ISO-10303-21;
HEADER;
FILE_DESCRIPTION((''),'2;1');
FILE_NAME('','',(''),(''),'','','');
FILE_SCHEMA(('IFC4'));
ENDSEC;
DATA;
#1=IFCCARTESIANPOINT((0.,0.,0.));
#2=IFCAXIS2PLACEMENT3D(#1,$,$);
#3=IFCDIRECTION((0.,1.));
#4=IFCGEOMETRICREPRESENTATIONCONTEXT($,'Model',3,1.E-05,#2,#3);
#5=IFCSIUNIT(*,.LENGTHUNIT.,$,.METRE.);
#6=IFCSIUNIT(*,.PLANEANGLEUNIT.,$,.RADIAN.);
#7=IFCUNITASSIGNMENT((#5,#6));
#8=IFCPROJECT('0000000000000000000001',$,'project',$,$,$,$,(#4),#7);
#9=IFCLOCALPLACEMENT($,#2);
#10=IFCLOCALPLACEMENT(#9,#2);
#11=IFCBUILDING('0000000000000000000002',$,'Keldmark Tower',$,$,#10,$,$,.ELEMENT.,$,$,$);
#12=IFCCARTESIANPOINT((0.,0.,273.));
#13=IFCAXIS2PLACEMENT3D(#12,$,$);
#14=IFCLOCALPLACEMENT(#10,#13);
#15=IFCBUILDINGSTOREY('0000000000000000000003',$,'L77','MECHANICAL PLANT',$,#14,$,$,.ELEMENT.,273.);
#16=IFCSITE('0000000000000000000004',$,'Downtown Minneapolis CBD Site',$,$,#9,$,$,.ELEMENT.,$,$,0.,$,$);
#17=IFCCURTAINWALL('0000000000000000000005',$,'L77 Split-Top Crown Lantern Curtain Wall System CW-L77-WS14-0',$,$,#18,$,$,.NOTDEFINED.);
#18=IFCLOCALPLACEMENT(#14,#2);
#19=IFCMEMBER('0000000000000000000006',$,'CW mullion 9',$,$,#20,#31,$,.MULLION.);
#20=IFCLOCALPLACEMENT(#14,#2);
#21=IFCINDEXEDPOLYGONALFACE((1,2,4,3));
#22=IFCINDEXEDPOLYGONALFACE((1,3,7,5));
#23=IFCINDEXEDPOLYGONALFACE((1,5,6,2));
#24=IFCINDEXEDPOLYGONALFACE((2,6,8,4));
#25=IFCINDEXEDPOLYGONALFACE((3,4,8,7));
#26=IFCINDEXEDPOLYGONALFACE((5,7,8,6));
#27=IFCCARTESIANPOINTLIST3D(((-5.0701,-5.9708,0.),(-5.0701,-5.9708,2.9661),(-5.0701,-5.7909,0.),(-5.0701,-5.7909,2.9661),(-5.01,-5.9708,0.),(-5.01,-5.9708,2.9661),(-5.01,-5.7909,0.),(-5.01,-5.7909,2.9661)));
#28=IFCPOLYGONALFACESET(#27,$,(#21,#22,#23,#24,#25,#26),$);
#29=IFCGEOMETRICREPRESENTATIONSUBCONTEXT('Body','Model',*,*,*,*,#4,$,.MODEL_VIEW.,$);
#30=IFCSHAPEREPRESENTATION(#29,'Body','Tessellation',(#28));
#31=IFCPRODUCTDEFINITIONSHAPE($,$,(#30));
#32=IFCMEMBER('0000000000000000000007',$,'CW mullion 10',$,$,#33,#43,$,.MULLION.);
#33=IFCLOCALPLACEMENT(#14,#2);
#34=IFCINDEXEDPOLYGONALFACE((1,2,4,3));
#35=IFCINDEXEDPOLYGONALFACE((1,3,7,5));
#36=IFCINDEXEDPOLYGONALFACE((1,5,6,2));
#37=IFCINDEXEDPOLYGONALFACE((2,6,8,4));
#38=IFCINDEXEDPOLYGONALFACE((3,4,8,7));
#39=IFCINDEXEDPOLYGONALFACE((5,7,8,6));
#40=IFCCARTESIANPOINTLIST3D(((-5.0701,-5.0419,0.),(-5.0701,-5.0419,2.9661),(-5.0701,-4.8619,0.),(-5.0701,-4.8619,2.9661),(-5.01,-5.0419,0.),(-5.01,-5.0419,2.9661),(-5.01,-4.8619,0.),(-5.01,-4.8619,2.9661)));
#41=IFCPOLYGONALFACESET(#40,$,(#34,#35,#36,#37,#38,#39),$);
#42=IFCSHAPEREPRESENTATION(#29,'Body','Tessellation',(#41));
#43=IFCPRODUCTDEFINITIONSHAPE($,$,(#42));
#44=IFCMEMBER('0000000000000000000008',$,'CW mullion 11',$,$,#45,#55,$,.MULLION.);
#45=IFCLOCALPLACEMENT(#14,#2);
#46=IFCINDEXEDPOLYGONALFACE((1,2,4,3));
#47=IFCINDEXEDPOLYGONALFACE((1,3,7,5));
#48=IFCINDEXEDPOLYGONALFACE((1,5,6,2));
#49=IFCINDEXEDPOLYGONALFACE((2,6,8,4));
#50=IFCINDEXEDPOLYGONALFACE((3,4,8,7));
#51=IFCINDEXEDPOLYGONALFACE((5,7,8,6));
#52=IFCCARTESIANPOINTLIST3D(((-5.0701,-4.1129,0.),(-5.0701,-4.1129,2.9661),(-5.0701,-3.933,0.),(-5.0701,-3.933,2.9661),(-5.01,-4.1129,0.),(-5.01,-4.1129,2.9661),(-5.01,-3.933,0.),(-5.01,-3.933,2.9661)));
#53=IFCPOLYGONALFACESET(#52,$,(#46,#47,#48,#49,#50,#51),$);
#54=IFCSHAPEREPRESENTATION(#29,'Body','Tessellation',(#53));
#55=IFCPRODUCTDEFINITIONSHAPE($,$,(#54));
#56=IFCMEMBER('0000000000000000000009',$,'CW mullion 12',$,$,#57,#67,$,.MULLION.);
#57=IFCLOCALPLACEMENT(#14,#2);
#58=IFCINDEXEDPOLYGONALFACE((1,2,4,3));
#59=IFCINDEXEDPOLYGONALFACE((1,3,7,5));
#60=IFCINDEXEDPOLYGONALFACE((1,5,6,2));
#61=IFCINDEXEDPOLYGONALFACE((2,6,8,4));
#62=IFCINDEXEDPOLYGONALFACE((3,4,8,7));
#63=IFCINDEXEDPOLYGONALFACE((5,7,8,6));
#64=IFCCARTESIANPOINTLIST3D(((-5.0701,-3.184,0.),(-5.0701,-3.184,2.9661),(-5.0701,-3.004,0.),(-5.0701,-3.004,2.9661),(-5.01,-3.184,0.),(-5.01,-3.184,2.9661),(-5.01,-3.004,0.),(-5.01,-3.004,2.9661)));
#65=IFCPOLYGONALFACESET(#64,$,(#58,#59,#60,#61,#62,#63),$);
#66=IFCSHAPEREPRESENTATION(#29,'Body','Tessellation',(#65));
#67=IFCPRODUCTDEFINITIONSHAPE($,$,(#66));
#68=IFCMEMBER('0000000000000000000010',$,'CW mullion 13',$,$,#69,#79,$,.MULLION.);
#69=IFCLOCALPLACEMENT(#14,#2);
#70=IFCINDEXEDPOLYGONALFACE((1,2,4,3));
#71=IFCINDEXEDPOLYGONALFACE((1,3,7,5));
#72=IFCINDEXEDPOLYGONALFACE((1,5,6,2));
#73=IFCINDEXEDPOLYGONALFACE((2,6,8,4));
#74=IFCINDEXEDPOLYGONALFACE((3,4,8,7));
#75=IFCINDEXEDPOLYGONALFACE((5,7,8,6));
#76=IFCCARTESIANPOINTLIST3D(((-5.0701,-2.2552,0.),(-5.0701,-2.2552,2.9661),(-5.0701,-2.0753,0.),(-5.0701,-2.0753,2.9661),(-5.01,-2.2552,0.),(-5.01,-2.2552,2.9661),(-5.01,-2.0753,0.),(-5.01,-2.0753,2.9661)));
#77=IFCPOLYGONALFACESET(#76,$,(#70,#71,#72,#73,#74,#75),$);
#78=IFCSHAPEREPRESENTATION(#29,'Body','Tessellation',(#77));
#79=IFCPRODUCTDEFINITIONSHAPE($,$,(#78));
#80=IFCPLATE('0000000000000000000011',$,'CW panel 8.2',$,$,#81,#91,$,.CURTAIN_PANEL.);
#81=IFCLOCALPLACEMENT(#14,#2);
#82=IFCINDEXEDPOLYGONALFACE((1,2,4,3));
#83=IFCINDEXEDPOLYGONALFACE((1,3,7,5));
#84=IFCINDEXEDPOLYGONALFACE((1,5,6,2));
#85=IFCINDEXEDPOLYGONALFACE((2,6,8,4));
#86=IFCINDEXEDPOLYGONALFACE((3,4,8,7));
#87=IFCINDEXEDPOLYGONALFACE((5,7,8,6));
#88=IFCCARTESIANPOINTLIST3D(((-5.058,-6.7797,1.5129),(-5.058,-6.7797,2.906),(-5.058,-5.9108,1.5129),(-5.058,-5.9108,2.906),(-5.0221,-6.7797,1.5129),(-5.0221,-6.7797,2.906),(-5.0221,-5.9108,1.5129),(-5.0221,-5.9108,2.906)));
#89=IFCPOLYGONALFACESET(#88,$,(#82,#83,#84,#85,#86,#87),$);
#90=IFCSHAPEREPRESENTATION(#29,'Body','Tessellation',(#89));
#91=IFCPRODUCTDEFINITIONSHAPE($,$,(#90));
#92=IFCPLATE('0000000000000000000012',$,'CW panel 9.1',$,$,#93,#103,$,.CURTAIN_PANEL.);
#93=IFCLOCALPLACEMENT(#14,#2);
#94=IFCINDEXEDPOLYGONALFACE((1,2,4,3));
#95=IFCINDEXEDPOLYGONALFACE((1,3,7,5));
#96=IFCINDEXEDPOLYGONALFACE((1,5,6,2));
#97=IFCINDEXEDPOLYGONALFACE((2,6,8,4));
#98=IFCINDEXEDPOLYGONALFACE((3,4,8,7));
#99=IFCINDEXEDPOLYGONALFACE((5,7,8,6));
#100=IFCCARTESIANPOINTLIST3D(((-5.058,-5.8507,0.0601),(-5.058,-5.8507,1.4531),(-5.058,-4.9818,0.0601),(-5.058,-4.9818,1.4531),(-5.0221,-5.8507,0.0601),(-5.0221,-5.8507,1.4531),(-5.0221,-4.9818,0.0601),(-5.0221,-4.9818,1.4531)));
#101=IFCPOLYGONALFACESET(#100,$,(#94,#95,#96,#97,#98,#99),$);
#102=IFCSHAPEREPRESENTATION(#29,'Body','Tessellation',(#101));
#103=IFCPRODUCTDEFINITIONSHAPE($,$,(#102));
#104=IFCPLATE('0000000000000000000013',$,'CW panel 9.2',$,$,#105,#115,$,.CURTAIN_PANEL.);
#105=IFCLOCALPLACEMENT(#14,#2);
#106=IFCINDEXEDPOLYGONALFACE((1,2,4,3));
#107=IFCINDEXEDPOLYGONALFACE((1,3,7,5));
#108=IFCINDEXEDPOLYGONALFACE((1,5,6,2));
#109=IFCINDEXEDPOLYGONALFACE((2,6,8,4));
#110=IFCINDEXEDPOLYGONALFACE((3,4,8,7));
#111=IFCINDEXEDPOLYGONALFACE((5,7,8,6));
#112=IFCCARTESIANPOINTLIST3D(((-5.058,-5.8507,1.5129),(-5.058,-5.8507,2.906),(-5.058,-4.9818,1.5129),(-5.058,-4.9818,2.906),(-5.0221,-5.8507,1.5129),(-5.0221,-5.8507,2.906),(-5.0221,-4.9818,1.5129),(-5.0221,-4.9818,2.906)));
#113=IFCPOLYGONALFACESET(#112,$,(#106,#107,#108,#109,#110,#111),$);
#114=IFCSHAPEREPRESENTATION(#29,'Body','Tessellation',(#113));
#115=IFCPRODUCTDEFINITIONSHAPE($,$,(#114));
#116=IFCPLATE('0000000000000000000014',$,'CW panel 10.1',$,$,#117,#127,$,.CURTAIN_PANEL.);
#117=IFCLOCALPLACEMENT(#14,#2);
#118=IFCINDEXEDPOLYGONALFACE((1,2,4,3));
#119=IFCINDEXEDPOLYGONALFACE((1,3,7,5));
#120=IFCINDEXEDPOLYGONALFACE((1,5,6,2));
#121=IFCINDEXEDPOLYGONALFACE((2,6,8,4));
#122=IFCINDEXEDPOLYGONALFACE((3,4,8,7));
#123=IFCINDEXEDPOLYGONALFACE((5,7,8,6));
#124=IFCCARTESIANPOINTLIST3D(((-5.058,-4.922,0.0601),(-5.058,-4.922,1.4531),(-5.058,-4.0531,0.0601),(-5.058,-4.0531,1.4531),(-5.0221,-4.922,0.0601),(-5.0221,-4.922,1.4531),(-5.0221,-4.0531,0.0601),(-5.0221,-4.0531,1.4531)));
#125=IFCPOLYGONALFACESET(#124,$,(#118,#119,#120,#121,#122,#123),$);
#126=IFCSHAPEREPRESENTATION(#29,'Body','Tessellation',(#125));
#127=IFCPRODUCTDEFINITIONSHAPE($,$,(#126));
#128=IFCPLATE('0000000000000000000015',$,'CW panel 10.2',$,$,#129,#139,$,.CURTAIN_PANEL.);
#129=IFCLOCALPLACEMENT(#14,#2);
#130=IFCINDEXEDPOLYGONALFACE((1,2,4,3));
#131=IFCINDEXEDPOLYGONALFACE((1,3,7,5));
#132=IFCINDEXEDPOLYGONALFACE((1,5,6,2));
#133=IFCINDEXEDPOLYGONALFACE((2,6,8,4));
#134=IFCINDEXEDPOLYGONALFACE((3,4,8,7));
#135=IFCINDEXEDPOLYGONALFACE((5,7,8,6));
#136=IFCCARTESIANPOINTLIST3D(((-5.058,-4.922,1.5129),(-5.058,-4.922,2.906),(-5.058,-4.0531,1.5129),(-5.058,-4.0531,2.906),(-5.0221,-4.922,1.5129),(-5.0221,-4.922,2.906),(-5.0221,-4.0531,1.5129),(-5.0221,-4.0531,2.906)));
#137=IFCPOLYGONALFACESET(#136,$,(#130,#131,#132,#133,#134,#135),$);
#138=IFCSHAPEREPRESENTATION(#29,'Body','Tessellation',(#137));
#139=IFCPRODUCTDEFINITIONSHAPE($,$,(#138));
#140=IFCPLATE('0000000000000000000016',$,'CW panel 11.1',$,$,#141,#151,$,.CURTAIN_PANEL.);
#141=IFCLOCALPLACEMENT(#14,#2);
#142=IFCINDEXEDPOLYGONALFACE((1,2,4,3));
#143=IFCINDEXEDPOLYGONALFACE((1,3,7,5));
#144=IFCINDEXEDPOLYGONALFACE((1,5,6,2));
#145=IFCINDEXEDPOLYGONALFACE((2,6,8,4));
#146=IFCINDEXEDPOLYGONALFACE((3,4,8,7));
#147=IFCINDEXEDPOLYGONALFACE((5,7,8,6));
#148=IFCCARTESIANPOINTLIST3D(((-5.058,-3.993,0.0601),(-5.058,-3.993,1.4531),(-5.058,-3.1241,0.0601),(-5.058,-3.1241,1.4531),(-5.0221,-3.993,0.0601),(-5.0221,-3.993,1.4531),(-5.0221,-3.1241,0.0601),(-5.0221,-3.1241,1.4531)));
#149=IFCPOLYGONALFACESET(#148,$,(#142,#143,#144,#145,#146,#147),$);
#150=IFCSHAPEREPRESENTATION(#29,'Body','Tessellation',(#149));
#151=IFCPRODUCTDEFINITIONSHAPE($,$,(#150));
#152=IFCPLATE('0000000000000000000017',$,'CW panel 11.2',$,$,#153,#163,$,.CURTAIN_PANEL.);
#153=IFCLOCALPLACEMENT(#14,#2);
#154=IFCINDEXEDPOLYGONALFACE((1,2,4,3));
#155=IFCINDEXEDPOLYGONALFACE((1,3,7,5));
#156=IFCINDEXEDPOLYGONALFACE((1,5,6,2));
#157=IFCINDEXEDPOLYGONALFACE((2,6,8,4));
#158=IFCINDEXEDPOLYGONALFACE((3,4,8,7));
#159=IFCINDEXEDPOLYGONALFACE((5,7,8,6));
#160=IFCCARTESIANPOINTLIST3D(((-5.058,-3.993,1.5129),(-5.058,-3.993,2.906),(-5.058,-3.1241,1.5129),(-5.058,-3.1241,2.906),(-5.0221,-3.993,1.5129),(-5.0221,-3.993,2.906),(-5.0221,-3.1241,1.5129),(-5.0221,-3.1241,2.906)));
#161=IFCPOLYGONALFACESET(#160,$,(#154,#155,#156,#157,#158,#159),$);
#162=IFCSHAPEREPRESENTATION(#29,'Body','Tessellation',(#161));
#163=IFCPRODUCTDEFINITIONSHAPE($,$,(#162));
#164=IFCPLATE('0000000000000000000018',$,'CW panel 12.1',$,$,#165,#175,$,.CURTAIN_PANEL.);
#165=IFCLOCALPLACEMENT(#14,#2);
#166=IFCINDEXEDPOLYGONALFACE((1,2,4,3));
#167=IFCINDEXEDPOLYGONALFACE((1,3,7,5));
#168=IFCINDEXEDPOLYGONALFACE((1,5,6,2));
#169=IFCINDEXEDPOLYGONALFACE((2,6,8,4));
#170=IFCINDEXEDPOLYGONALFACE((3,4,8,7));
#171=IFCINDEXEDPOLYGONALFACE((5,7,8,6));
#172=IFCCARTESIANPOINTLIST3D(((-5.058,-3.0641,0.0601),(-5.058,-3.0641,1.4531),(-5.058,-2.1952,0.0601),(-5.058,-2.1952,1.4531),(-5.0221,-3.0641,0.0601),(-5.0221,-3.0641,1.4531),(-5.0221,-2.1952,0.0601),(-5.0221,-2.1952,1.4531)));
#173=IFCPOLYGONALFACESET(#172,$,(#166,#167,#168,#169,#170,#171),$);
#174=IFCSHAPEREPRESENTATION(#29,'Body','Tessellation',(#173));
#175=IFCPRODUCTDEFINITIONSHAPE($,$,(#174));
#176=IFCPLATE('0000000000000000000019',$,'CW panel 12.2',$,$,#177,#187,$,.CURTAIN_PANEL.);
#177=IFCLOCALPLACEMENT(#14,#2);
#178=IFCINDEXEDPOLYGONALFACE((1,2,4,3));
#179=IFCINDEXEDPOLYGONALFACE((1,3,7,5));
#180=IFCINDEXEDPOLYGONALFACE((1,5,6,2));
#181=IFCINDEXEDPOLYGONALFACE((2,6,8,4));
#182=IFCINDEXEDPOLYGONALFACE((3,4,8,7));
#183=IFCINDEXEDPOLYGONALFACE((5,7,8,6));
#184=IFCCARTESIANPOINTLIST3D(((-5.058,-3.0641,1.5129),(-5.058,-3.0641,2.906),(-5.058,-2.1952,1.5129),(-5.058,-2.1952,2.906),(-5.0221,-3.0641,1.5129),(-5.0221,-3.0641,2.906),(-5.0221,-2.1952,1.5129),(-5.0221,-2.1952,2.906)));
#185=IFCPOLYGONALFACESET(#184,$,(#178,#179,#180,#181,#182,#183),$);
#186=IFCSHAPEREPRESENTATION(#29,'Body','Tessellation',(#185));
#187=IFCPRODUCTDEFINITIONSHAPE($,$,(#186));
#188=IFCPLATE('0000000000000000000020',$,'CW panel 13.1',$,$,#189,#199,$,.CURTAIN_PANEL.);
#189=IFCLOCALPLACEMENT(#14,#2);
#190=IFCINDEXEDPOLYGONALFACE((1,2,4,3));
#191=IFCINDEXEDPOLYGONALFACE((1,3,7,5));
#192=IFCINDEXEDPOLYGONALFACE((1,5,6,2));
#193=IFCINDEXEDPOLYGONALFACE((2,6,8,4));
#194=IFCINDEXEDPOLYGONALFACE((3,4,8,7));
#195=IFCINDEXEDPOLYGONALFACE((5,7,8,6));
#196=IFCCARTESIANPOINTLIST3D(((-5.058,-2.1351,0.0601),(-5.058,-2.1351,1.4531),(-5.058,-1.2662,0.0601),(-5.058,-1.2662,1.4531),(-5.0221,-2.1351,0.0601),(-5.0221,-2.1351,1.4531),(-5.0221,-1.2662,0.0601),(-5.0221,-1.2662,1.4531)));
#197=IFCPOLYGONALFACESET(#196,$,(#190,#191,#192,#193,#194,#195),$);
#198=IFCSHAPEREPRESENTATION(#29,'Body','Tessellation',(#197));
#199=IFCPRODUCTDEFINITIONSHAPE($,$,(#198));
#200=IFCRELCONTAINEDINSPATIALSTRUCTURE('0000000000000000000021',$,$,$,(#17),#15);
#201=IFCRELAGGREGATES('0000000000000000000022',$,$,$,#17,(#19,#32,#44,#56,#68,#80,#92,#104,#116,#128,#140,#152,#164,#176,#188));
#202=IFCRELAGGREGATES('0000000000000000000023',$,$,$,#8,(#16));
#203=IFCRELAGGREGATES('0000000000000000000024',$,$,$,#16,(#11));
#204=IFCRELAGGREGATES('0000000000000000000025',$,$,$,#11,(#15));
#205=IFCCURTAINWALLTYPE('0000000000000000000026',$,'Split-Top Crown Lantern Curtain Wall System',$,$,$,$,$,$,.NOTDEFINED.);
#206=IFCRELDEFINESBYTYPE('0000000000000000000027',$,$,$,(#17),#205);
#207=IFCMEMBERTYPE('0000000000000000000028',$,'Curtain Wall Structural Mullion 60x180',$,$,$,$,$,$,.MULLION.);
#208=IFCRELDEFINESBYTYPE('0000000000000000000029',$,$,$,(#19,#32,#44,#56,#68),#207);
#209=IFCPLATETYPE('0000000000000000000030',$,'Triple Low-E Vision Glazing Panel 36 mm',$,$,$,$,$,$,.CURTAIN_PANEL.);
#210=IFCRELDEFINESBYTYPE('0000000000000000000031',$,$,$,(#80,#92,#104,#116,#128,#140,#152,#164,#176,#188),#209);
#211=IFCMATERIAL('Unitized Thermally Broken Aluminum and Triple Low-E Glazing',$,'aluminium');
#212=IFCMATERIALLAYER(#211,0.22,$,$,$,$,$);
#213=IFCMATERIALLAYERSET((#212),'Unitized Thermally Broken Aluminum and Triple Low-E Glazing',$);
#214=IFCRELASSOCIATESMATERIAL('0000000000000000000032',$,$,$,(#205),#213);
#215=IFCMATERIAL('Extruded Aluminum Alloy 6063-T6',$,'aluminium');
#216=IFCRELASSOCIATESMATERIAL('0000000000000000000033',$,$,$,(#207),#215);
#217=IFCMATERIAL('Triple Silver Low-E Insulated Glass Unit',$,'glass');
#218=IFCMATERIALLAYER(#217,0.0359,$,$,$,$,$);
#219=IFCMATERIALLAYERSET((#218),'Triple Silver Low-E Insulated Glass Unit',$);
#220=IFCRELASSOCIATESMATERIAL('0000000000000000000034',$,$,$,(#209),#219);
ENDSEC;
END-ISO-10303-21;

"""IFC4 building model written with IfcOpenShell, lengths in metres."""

from ifc_helpers import new_model, si_unit, direction, frame, origin, origin_2d, place, context, subcontext, project, spatial, rectangle, extrude, material, layer, layer_set, material_profile, profile_set, type_object, element, aggregate, save


model = new_model("IFC4")

# Units and contexts
model_context = context("Model", 3, precision=1e-05, world=origin(), true_north=direction((0.0, 1.0)))
body_context = subcontext(model_context, "Body", "Model", "MODEL_VIEW")
ifc_project = project(units=[si_unit("LENGTHUNIT", "METRE"), si_unit("PLANEANGLEUNIT", "RADIAN")], contexts=[model_context])

# Site, building, storey
site_placement = place(None, origin())
site = spatial("IfcSite", under=ifc_project, at=site_placement, Name="Downtown Minneapolis CBD Site", CompositionType="ELEMENT", RefElevation=0.0)
building_placement = place(site_placement, origin())
building = spatial("IfcBuilding", under=site, at=building_placement, Name="Keldmark Tower", CompositionType="ELEMENT")
storey_placement = place(building_placement, frame((0.0, 0.0, 273.0)))
storey = spatial("IfcBuildingStorey", under=building, at=storey_placement, Name="L77", Description="MECHANICAL PLANT", CompositionType="ELEMENT", Elevation=273.0)

# Curtain wall, members, plates
ifc_material_1 = material(Name="Unitized Thermally Broken Aluminum and Triple Low-E Glazing", Category="aluminium")
ifc_layer_1 = layer(ifc_material_1, 0.22)
ifc_layer_set_1 = layer_set([ifc_layer_1], Name="Unitized Thermally Broken Aluminum and Triple Low-E Glazing")
curtain_wall_type = type_object("IfcCurtainWallType", Name="Split-Top Crown Lantern Curtain Wall System", PredefinedType="NOTDEFINED", material=ifc_layer_set_1)
curtain_wall_placement = place(storey_placement, origin())
curtain_wall = element("IfcCurtainWall", 1, at=curtain_wall_placement, inside=storey, type_object=curtain_wall_type, Name="L77 Split-Top Crown Lantern Curtain Wall System CW-L77-WS14-0", PredefinedType="NOTDEFINED")
ifc_material_2 = material(Name="Extruded Aluminum Alloy 6063-T6", Category="aluminium")
ifc_material_profile_1 = material_profile(ifc_material_2, rectangle(XDim=0.0601, YDim=0.1799, at=origin_2d()), Name="CWM60X180")
ifc_profile_set_1 = profile_set([ifc_material_profile_1], Name="Extruded Aluminum Alloy 6063-T6")
member_type_1 = type_object("IfcMemberType", Name="Curtain Wall Structural Mullion 60x180", PredefinedType="MULLION", material=ifc_profile_set_1)
member_1_placement = place(storey_placement, frame((-5.04, -5.8809, 0.0), z_axis=(0.0, 0.0, 1.0), x_axis=(-1.0, 0.0, 0.0)))
member_1 = element("IfcMember", 2, at=member_1_placement, type_object=member_type_1, Name="CW mullion 9", PredefinedType="MULLION", context=body_context, shape_type="SweptSolid", body=[
    extrude(rectangle(XDim=0.0601, YDim=0.1799, at=origin_2d()), origin(), (0.0, 0.0, 1.0), 2.9661),
])
member_2_placement = place(storey_placement, frame((-5.04, -4.9519, 0.0), z_axis=(0.0, 0.0, 1.0), x_axis=(-1.0, 0.0, 0.0)))
member_2 = element("IfcMember", 3, at=member_2_placement, type_object=member_type_1, Name="CW mullion 10", PredefinedType="MULLION", context=body_context, shape_type="SweptSolid", body=[
    extrude(rectangle(XDim=0.0601, YDim=0.1799, at=origin_2d()), origin(), (0.0, 0.0, 1.0), 2.9661),
])
member_3_placement = place(storey_placement, frame((-5.04, -4.0229, 0.0), z_axis=(0.0, 0.0, 1.0), x_axis=(-1.0, 0.0, 0.0)))
member_3 = element("IfcMember", 4, at=member_3_placement, type_object=member_type_1, Name="CW mullion 11", PredefinedType="MULLION", context=body_context, shape_type="SweptSolid", body=[
    extrude(rectangle(XDim=0.0601, YDim=0.1799, at=origin_2d()), origin(), (0.0, 0.0, 1.0), 2.9661),
])
member_4_placement = place(storey_placement, frame((-5.04, -3.094, 0.0), z_axis=(0.0, 0.0, 1.0), x_axis=(-1.0, 0.0, 0.0)))
member_4 = element("IfcMember", 5, at=member_4_placement, type_object=member_type_1, Name="CW mullion 12", PredefinedType="MULLION", context=body_context, shape_type="SweptSolid", body=[
    extrude(rectangle(XDim=0.0601, YDim=0.1799, at=origin_2d()), origin(), (0.0, 0.0, 1.0), 2.9661),
])
member_5_placement = place(storey_placement, frame((-5.04, -2.1653, 0.0), z_axis=(0.0, 0.0, 1.0), x_axis=(-1.0, 0.0, 0.0)))
member_5 = element("IfcMember", 6, at=member_5_placement, type_object=member_type_1, Name="CW mullion 13", PredefinedType="MULLION", context=body_context, shape_type="SweptSolid", body=[
    extrude(rectangle(XDim=0.0601, YDim=0.1799, at=origin_2d()), origin(), (0.0, 0.0, 1.0), 2.9661),
])
ifc_material_3 = material(Name="Triple Silver Low-E Insulated Glass Unit", Category="glass")
ifc_layer_2 = layer(ifc_material_3, 0.0359)
ifc_layer_set_2 = layer_set([ifc_layer_2], Name="Triple Silver Low-E Insulated Glass Unit")
plate_type = type_object("IfcPlateType", Name="Triple Low-E Vision Glazing Panel 36 mm", PredefinedType="CURTAIN_PANEL", material=ifc_layer_set_2)
plate_1_placement = place(storey_placement, frame((-5.04, -6.3452, 1.5129), z_axis=(0.0, 0.0, 1.0), x_axis=(0.0, 1.0, 0.0)))
plate_1 = element("IfcPlate", 7, at=plate_1_placement, type_object=plate_type, Name="CW panel 8.2", PredefinedType="CURTAIN_PANEL", context=body_context, shape_type="SweptSolid", body=[
    extrude(rectangle(XDim=0.8689, YDim=0.0359, at=origin_2d()), origin(), (0.0, 0.0, 1.0), 1.3931),
])
plate_2_placement = place(storey_placement, frame((-5.04, -5.4163, 0.0601), z_axis=(0.0, 0.0, 1.0), x_axis=(0.0, 1.0, 0.0)))
plate_2 = element("IfcPlate", 8, at=plate_2_placement, type_object=plate_type, Name="CW panel 9.1", PredefinedType="CURTAIN_PANEL", context=body_context, shape_type="SweptSolid", body=[
    extrude(rectangle(XDim=0.8689, YDim=0.0359, at=origin_2d()), origin(), (0.0, 0.0, 1.0), 1.3931),
])
plate_3_placement = place(storey_placement, frame((-5.04, -5.4163, 1.5129), z_axis=(0.0, 0.0, 1.0), x_axis=(0.0, 1.0, 0.0)))
plate_3 = element("IfcPlate", 9, at=plate_3_placement, type_object=plate_type, Name="CW panel 9.2", PredefinedType="CURTAIN_PANEL", context=body_context, shape_type="SweptSolid", body=[
    extrude(rectangle(XDim=0.8689, YDim=0.0359, at=origin_2d()), origin(), (0.0, 0.0, 1.0), 1.3931),
])
plate_4_placement = place(storey_placement, frame((-5.04, -4.4875, 0.0601), z_axis=(0.0, 0.0, 1.0), x_axis=(0.0, 1.0, 0.0)))
plate_4 = element("IfcPlate", 10, at=plate_4_placement, type_object=plate_type, Name="CW panel 10.1", PredefinedType="CURTAIN_PANEL", context=body_context, shape_type="SweptSolid", body=[
    extrude(rectangle(XDim=0.8689, YDim=0.0359, at=origin_2d()), origin(), (0.0, 0.0, 1.0), 1.3931),
])
plate_5_placement = place(storey_placement, frame((-5.04, -4.4875, 1.5129), z_axis=(0.0, 0.0, 1.0), x_axis=(0.0, 1.0, 0.0)))
plate_5 = element("IfcPlate", 11, at=plate_5_placement, type_object=plate_type, Name="CW panel 10.2", PredefinedType="CURTAIN_PANEL", context=body_context, shape_type="SweptSolid", body=[
    extrude(rectangle(XDim=0.8689, YDim=0.0359, at=origin_2d()), origin(), (0.0, 0.0, 1.0), 1.3931),
])
plate_6_placement = place(storey_placement, frame((-5.04, -3.5586, 0.0601), z_axis=(0.0, 0.0, 1.0), x_axis=(0.0, 1.0, 0.0)))
plate_6 = element("IfcPlate", 12, at=plate_6_placement, type_object=plate_type, Name="CW panel 11.1", PredefinedType="CURTAIN_PANEL", context=body_context, shape_type="SweptSolid", body=[
    extrude(rectangle(XDim=0.8689, YDim=0.0359, at=origin_2d()), origin(), (0.0, 0.0, 1.0), 1.3931),
])
plate_7_placement = place(storey_placement, frame((-5.04, -3.5586, 1.5129), z_axis=(0.0, 0.0, 1.0), x_axis=(0.0, 1.0, 0.0)))
plate_7 = element("IfcPlate", 13, at=plate_7_placement, type_object=plate_type, Name="CW panel 11.2", PredefinedType="CURTAIN_PANEL", context=body_context, shape_type="SweptSolid", body=[
    extrude(rectangle(XDim=0.8689, YDim=0.0359, at=origin_2d()), origin(), (0.0, 0.0, 1.0), 1.3931),
])
plate_8_placement = place(storey_placement, frame((-5.04, -2.6296, 0.0601), z_axis=(0.0, 0.0, 1.0), x_axis=(0.0, 1.0, 0.0)))
plate_8 = element("IfcPlate", 14, at=plate_8_placement, type_object=plate_type, Name="CW panel 12.1", PredefinedType="CURTAIN_PANEL", context=body_context, shape_type="SweptSolid", body=[
    extrude(rectangle(XDim=0.8689, YDim=0.0359, at=origin_2d()), origin(), (0.0, 0.0, 1.0), 1.3931),
])
plate_9_placement = place(storey_placement, frame((-5.04, -2.6296, 1.5129), z_axis=(0.0, 0.0, 1.0), x_axis=(0.0, 1.0, 0.0)))
plate_9 = element("IfcPlate", 15, at=plate_9_placement, type_object=plate_type, Name="CW panel 12.2", PredefinedType="CURTAIN_PANEL", context=body_context, shape_type="SweptSolid", body=[
    extrude(rectangle(XDim=0.8689, YDim=0.0359, at=origin_2d()), origin(), (0.0, 0.0, 1.0), 1.3931),
])
plate_10_placement = place(storey_placement, frame((-5.04, -1.7007, 0.0601), z_axis=(0.0, 0.0, 1.0), x_axis=(0.0, 1.0, 0.0)))
plate_10 = element("IfcPlate", 16, at=plate_10_placement, type_object=plate_type, Name="CW panel 13.1", PredefinedType="CURTAIN_PANEL", context=body_context, shape_type="SweptSolid", body=[
    extrude(rectangle(XDim=0.8689, YDim=0.0359, at=origin_2d()), origin(), (0.0, 0.0, 1.0), 1.3931),
])
aggregate(curtain_wall, [member_1, member_2, member_3, member_4, member_5, plate_1, plate_2, plate_3, plate_4, plate_5, plate_6, plate_7, plate_8, plate_9, plate_10])

save(model, "model.ifc")
